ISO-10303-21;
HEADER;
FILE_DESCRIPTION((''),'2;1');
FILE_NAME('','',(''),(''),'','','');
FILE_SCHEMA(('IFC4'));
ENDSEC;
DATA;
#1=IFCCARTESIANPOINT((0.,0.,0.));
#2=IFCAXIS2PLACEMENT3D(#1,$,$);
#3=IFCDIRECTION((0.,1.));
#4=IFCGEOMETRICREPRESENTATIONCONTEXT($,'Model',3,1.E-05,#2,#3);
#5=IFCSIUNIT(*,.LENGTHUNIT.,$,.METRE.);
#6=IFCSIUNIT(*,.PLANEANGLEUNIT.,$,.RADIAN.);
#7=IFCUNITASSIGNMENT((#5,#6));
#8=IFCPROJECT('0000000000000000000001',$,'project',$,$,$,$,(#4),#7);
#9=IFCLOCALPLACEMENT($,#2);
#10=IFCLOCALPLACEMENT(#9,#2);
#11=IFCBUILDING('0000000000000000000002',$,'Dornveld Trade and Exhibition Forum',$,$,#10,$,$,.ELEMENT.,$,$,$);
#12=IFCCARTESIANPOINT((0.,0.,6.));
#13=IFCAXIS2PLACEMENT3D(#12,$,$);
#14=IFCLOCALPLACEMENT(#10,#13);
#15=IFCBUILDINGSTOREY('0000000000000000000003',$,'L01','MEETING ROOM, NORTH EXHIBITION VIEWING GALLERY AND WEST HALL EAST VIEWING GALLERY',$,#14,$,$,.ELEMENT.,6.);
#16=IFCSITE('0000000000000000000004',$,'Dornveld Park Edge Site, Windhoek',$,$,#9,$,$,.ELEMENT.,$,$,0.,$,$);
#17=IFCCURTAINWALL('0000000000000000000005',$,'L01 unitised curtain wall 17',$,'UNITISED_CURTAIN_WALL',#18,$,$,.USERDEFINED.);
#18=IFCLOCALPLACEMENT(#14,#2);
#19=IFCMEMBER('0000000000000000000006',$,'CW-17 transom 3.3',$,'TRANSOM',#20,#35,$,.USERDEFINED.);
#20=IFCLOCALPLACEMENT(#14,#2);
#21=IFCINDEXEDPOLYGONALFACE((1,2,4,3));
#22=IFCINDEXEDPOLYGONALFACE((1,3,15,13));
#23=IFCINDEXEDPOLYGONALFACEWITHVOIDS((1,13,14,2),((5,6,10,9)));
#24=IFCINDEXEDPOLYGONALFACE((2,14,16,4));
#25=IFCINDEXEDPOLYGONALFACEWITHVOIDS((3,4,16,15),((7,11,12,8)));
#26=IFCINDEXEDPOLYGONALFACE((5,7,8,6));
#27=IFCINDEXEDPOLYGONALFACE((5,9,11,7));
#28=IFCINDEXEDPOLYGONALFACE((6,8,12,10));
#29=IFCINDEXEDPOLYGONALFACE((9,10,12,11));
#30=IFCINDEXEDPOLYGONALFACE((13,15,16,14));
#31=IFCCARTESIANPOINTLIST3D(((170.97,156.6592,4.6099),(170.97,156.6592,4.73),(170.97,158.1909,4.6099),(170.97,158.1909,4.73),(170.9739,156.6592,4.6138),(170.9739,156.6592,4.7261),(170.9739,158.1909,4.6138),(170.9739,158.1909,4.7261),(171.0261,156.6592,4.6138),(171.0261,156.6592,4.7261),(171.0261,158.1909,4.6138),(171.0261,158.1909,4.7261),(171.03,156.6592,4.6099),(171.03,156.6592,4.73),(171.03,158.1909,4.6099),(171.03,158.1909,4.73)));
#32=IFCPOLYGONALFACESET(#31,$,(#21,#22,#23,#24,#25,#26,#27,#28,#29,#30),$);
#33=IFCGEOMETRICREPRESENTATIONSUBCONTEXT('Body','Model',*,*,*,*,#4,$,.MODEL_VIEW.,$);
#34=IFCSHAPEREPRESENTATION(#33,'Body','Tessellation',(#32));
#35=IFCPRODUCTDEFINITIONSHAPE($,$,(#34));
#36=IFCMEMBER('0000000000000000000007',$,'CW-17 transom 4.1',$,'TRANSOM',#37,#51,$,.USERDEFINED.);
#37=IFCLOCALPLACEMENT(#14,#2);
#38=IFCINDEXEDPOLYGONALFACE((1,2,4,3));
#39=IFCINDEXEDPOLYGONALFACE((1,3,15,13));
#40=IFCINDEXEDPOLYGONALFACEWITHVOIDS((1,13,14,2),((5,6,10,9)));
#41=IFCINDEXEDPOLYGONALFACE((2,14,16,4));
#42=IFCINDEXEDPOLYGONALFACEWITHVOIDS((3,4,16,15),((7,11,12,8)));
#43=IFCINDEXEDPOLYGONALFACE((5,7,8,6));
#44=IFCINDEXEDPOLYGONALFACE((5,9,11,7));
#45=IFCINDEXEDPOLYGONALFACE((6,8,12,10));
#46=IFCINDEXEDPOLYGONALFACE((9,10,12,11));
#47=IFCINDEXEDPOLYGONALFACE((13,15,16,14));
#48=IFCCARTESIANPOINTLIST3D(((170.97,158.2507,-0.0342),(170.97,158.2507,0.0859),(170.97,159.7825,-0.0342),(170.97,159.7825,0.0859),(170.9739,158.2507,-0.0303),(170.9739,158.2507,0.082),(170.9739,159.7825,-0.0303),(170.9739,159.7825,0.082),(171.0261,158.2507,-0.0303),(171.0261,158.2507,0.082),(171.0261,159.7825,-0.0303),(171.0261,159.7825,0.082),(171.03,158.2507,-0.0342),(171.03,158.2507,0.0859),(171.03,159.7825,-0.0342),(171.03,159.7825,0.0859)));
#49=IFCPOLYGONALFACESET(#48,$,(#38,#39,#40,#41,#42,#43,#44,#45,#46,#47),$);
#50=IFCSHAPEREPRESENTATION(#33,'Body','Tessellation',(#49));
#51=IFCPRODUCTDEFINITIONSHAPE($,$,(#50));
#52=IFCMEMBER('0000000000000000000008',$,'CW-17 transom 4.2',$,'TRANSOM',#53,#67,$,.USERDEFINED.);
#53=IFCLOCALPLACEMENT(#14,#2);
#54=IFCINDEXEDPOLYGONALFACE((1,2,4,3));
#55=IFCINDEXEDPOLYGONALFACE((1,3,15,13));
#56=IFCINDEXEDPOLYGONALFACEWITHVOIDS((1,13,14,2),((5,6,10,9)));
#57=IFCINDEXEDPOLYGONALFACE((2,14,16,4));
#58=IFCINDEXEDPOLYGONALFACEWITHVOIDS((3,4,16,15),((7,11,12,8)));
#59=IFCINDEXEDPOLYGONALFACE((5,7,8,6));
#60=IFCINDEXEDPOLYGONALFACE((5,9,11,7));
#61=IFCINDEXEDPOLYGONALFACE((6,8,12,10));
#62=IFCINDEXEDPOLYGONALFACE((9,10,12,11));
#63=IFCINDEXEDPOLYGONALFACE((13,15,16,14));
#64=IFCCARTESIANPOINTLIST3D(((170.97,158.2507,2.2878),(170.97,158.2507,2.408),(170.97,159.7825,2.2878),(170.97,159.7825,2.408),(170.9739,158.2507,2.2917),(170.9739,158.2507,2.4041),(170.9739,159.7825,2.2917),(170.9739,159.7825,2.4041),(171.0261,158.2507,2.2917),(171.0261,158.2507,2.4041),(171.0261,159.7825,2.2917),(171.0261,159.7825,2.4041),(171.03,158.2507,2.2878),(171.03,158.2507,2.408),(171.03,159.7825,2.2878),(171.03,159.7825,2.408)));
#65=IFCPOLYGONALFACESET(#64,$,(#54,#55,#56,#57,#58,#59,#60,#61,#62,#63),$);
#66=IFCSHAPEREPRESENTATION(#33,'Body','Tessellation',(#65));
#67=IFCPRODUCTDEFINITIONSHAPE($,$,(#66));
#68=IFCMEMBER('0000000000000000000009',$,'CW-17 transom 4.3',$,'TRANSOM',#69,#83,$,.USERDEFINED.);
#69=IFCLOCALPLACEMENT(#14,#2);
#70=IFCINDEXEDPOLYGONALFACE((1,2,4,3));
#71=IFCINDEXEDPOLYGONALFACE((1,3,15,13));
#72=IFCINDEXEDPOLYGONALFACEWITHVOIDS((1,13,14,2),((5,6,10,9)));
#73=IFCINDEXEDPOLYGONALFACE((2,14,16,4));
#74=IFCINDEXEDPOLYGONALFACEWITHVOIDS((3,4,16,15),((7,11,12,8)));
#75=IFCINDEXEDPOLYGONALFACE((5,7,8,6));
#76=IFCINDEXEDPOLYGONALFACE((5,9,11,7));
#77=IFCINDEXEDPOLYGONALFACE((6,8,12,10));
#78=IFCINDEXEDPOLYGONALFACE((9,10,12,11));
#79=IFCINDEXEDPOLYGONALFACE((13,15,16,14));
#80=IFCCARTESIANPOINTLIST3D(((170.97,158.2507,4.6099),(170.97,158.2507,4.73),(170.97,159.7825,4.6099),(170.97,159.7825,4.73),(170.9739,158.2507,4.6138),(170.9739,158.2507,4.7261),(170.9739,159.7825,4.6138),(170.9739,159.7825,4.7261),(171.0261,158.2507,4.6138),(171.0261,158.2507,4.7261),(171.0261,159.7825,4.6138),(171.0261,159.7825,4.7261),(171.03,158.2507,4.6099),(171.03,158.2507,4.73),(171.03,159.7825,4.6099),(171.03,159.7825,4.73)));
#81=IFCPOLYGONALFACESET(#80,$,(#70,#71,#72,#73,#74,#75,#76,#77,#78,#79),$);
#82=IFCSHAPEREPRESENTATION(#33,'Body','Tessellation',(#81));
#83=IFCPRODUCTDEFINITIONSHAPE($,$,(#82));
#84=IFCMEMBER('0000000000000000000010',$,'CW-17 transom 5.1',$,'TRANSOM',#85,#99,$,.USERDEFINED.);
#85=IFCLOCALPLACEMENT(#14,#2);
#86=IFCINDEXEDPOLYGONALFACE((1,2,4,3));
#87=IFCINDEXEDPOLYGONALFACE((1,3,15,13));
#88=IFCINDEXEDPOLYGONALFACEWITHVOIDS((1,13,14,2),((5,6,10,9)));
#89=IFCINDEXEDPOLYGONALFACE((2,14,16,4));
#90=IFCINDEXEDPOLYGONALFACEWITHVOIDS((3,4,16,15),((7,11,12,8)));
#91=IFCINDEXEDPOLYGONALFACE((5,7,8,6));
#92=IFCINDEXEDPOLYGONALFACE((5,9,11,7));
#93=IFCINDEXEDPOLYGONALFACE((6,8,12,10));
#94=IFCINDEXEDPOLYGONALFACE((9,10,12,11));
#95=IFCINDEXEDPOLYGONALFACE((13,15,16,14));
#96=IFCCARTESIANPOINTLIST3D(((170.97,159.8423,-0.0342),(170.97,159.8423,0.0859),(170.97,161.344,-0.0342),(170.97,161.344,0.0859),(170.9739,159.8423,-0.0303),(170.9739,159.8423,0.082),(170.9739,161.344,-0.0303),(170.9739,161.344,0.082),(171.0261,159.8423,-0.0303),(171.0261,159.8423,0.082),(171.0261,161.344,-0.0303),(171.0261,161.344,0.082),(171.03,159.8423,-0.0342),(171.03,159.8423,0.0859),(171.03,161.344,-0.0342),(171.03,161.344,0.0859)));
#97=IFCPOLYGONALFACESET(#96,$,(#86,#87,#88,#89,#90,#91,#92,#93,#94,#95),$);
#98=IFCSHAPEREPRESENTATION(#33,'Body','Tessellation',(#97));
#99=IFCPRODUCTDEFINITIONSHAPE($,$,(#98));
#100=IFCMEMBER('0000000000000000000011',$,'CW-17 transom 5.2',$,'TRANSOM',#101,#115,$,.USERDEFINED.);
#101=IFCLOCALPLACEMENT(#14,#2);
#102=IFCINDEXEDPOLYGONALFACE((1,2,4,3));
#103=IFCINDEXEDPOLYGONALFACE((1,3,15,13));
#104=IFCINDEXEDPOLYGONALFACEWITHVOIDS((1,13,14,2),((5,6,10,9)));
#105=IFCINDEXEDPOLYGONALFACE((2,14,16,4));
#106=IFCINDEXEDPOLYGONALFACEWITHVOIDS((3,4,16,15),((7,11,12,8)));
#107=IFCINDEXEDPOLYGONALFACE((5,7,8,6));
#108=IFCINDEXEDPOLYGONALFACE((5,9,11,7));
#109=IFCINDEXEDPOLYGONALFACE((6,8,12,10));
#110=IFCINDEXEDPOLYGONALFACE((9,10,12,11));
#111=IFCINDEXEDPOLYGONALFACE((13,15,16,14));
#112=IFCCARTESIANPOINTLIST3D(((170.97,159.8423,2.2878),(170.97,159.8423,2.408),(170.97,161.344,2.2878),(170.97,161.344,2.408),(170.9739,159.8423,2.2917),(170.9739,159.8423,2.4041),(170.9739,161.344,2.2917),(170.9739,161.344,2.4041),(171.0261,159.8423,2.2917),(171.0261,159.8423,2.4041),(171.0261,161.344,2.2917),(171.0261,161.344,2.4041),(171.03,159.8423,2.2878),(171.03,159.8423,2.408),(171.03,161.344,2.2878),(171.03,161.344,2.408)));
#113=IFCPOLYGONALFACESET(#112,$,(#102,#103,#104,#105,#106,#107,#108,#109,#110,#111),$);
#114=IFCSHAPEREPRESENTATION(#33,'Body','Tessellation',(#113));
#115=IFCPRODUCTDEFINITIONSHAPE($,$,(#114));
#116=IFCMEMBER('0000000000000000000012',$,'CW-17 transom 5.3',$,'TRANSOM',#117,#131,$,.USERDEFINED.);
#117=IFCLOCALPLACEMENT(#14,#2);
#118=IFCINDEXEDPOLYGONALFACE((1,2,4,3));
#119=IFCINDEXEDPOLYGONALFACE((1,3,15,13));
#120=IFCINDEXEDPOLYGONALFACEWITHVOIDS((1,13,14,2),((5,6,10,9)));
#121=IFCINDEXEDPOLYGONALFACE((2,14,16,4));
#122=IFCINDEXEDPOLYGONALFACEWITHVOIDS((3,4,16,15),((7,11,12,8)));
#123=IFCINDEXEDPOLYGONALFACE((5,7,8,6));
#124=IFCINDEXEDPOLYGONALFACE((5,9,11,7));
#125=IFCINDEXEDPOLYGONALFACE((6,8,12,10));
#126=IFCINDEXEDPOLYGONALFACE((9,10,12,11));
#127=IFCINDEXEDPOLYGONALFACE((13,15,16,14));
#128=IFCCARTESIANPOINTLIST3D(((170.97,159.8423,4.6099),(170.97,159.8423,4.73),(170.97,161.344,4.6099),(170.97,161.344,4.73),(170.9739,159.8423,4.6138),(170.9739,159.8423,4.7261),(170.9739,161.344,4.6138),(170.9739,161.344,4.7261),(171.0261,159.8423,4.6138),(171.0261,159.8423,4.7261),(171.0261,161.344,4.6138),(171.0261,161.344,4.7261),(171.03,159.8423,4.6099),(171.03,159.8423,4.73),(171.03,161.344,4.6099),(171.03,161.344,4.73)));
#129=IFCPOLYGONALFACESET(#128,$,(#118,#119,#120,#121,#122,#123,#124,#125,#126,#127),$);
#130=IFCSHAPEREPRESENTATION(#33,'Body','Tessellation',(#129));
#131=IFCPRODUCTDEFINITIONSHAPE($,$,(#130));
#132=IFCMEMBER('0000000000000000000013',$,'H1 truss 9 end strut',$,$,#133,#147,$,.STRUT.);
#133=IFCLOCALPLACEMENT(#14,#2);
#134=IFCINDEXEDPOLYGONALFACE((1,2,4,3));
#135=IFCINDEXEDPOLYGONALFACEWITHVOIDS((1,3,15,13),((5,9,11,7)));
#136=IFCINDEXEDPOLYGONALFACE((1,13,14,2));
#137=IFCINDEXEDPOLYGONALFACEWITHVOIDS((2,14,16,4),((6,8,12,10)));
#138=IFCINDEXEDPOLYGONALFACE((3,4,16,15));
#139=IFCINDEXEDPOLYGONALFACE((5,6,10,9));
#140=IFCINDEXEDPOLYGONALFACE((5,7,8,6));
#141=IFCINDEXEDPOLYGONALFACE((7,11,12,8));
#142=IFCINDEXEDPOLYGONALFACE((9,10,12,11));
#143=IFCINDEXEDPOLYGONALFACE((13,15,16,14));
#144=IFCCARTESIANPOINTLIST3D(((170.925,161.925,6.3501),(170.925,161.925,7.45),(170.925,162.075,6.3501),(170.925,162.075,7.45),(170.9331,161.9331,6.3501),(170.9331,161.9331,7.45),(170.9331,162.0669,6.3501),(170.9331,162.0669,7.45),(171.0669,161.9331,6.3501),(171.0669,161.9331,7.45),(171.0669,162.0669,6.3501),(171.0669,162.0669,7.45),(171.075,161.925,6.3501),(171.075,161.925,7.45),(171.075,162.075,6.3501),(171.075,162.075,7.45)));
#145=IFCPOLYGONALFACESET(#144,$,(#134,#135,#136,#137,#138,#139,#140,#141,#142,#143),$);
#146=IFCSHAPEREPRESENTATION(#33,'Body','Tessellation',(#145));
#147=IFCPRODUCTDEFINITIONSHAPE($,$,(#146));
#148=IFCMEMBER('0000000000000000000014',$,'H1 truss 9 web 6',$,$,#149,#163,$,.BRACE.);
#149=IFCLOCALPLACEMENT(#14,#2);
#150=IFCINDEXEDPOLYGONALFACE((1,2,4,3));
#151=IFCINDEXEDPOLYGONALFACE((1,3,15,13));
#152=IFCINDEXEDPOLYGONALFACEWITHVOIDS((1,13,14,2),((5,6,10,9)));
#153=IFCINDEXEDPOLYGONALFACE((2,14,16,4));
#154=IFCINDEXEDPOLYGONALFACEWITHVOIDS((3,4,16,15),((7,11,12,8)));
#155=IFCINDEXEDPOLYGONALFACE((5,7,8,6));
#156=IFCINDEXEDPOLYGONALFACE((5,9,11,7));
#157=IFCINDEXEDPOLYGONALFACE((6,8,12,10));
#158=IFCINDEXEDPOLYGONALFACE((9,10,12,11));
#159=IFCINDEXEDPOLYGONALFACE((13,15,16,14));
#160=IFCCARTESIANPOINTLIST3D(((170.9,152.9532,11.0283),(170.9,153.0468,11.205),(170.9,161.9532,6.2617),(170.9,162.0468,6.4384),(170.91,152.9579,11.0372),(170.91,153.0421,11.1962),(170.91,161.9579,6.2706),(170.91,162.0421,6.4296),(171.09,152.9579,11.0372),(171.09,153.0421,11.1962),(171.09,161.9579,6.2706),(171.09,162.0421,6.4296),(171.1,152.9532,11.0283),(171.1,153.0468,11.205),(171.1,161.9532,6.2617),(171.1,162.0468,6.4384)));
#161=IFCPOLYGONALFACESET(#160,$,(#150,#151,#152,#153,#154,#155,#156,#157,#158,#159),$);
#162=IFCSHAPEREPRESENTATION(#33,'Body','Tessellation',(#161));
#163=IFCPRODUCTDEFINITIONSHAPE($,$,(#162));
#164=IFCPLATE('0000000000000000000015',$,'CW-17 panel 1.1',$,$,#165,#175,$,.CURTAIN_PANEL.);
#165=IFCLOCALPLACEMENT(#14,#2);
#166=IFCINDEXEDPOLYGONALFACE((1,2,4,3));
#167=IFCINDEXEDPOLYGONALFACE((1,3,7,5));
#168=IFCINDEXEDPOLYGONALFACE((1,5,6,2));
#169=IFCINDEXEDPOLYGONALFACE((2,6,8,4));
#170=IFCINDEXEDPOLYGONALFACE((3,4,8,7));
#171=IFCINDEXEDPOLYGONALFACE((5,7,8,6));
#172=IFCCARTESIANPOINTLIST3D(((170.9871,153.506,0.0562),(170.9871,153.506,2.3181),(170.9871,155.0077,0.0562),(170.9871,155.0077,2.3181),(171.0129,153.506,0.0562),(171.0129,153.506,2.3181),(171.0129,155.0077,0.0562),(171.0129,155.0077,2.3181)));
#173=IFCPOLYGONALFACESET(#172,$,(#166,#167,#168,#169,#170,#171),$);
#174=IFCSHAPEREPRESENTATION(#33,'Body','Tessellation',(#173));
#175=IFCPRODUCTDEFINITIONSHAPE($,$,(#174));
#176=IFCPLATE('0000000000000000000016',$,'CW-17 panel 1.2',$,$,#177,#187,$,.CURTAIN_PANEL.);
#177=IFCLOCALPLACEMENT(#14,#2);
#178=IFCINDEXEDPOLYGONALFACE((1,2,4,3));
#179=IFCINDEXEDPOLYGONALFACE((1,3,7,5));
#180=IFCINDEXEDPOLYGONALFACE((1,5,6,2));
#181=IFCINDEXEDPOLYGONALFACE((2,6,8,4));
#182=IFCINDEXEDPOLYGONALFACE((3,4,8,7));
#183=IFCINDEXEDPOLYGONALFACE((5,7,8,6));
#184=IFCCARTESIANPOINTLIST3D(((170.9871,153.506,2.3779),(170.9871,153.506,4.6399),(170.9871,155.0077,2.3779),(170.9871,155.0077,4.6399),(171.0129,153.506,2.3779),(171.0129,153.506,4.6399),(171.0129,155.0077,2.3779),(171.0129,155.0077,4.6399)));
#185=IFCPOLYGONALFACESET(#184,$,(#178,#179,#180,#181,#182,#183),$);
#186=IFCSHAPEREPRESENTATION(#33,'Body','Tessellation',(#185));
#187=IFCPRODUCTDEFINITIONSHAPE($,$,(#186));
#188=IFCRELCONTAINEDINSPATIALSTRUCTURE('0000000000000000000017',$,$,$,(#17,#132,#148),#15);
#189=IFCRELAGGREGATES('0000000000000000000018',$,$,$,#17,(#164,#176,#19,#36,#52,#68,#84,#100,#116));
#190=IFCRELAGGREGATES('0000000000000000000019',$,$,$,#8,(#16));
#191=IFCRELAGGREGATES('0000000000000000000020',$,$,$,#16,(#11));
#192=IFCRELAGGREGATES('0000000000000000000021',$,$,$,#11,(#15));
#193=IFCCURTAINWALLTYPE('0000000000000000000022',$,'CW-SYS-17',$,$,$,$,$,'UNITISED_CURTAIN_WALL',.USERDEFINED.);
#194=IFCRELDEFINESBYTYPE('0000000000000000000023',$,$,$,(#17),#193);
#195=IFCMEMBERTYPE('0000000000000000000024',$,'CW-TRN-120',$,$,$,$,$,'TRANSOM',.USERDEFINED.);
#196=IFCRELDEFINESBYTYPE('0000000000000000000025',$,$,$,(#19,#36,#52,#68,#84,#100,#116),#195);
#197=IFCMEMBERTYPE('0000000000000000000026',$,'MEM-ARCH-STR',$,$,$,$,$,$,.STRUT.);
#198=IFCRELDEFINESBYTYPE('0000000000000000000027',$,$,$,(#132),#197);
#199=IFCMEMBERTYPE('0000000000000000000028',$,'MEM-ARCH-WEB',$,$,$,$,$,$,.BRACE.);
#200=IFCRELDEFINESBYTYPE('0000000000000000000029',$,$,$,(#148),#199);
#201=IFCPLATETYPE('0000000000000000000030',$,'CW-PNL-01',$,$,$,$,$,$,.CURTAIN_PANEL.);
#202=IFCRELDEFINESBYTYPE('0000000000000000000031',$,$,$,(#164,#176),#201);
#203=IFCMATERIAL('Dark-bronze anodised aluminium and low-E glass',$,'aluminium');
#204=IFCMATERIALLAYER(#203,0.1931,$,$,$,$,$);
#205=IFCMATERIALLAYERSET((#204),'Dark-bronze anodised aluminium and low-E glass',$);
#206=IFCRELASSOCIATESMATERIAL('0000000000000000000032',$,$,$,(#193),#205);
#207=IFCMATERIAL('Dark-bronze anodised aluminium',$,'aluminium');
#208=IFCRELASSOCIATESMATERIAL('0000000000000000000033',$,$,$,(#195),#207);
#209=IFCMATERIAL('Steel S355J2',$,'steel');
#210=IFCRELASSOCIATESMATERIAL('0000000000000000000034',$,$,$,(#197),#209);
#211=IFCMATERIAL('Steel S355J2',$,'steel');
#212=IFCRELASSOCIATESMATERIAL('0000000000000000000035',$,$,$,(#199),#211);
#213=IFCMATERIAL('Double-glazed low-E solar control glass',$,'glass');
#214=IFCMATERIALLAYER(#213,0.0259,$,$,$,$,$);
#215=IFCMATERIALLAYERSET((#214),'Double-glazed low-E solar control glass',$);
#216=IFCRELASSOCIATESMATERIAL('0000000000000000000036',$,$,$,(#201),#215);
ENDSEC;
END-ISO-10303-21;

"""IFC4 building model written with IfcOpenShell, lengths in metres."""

from ifc_helpers import new_model, si_unit, direction, frame, origin, origin_2d, place, context, subcontext, project, spatial, rectangle, hollow_rectangle, extrude, material, layer, layer_set, material_profile, profile_set, type_object, element, aggregate, save


model = new_model("IFC4")

# Units and contexts
model_context = context("Model", 3, precision=1e-05, world=origin(), true_north=direction((0.0, 1.0)))
body_context = subcontext(model_context, "Body", "Model", "MODEL_VIEW")
ifc_project = project(units=[si_unit("LENGTHUNIT", "METRE"), si_unit("PLANEANGLEUNIT", "RADIAN")], contexts=[model_context])

# Site, building, storey
site_placement = place(None, origin())
site = spatial("IfcSite", under=ifc_project, at=site_placement, Name="Dornveld Park Edge Site, Windhoek", CompositionType="ELEMENT", RefElevation=0.0)
building_placement = place(site_placement, origin())
building = spatial("IfcBuilding", under=site, at=building_placement, Name="Dornveld Trade and Exhibition Forum", CompositionType="ELEMENT")
storey_placement = place(building_placement, frame((0.0, 0.0, 6.0)))
storey = spatial("IfcBuildingStorey", under=building, at=storey_placement, Name="L01", Description="MEETING ROOM, NORTH EXHIBITION VIEWING GALLERY AND WEST HALL EAST VIEWING GALLERY", CompositionType="ELEMENT", Elevation=6.0)

# Curtain wall, members
ifc_material_1 = material(Name="Dark-bronze anodised aluminium and low-E glass", Category="aluminium")
ifc_layer_1 = layer(ifc_material_1, 0.1931)
ifc_layer_set_1 = layer_set([ifc_layer_1], Name="Dark-bronze anodised aluminium and low-E glass")
curtain_wall_type = type_object("IfcCurtainWallType", Name="CW-SYS-17", ElementType="UNITISED_CURTAIN_WALL", PredefinedType="USERDEFINED", material=ifc_layer_set_1)
curtain_wall_placement = place(storey_placement, origin())
curtain_wall = element("IfcCurtainWall", 1, at=curtain_wall_placement, inside=storey, type_object=curtain_wall_type, Name="L01 unitised curtain wall 17", ObjectType="UNITISED_CURTAIN_WALL", PredefinedType="USERDEFINED")
ifc_material_2 = material(Name="Dark-bronze anodised aluminium", Category="aluminium")
ifc_material_profile_1 = material_profile(ifc_material_2, hollow_rectangle(XDim=0.0601, YDim=0.1201, WallThickness=0.0039, at=origin_2d()), Name="RHS 120x60x4")
ifc_profile_set_1 = profile_set([ifc_material_profile_1], Name="Dark-bronze anodised aluminium")
member_type_1 = type_object("IfcMemberType", Name="CW-TRN-120", ElementType="TRANSOM", PredefinedType="USERDEFINED", material=ifc_profile_set_1)
member_1_placement = place(storey_placement, frame((171.0, 156.6592, 4.6699), z_axis=(0.0, 1.0, 0.0), x_axis=(-1.0, 0.0, 0.0)))
member_1 = element("IfcMember", 2, at=member_1_placement, type_object=member_type_1, Name="CW-17 transom 3.3", ObjectType="TRANSOM", PredefinedType="USERDEFINED", context=body_context, shape_type="SweptSolid", body=[
    extrude(hollow_rectangle(XDim=0.0601, YDim=0.1201, WallThickness=0.0039, at=origin_2d()), origin(), (0.0, 0.0, 1.0), 1.5317),
])
member_2_placement = place(storey_placement, frame((171.0, 158.2507, 0.0259), z_axis=(0.0, 1.0, 0.0), x_axis=(-1.0, 0.0, 0.0)))
member_2 = element("IfcMember", 3, at=member_2_placement, type_object=member_type_1, Name="CW-17 transom 4.1", ObjectType="TRANSOM", PredefinedType="USERDEFINED", context=body_context, shape_type="SweptSolid", body=[
    extrude(hollow_rectangle(XDim=0.0601, YDim=0.1201, WallThickness=0.0039, at=origin_2d()), origin(), (0.0, 0.0, 1.0), 1.5317),
])
member_3_placement = place(storey_placement, frame((171.0, 158.2507, 2.3479), z_axis=(0.0, 1.0, 0.0), x_axis=(-1.0, 0.0, 0.0)))
member_3 = element("IfcMember", 4, at=member_3_placement, type_object=member_type_1, Name="CW-17 transom 4.2", ObjectType="TRANSOM", PredefinedType="USERDEFINED", context=body_context, shape_type="SweptSolid", body=[
    extrude(hollow_rectangle(XDim=0.0601, YDim=0.1201, WallThickness=0.0039, at=origin_2d()), origin(), (0.0, 0.0, 1.0), 1.5317),
])
member_4_placement = place(storey_placement, frame((171.0, 158.2507, 4.6699), z_axis=(0.0, 1.0, 0.0), x_axis=(-1.0, 0.0, 0.0)))
member_4 = element("IfcMember", 5, at=member_4_placement, type_object=member_type_1, Name="CW-17 transom 4.3", ObjectType="TRANSOM", PredefinedType="USERDEFINED", context=body_context, shape_type="SweptSolid", body=[
    extrude(hollow_rectangle(XDim=0.0601, YDim=0.1201, WallThickness=0.0039, at=origin_2d()), origin(), (0.0, 0.0, 1.0), 1.5317),
])
member_5_placement = place(storey_placement, frame((171.0, 159.8423, 0.0259), z_axis=(0.0, 1.0, 0.0), x_axis=(-1.0, 0.0, 0.0)))
member_5 = element("IfcMember", 6, at=member_5_placement, type_object=member_type_1, Name="CW-17 transom 5.1", ObjectType="TRANSOM", PredefinedType="USERDEFINED", context=body_context, shape_type="SweptSolid", body=[
    extrude(hollow_rectangle(XDim=0.0601, YDim=0.1201, WallThickness=0.0039, at=origin_2d()), origin(), (0.0, 0.0, 1.0), 1.5017),
])
member_6_placement = place(storey_placement, frame((171.0, 159.8423, 2.3479), z_axis=(0.0, 1.0, 0.0), x_axis=(-1.0, 0.0, 0.0)))
member_6 = element("IfcMember", 7, at=member_6_placement, type_object=member_type_1, Name="CW-17 transom 5.2", ObjectType="TRANSOM", PredefinedType="USERDEFINED", context=body_context, shape_type="SweptSolid", body=[
    extrude(hollow_rectangle(XDim=0.0601, YDim=0.1201, WallThickness=0.0039, at=origin_2d()), origin(), (0.0, 0.0, 1.0), 1.5017),
])
member_7_placement = place(storey_placement, frame((171.0, 159.8423, 4.6699), z_axis=(0.0, 1.0, 0.0), x_axis=(-1.0, 0.0, 0.0)))
member_7 = element("IfcMember", 8, at=member_7_placement, type_object=member_type_1, Name="CW-17 transom 5.3", ObjectType="TRANSOM", PredefinedType="USERDEFINED", context=body_context, shape_type="SweptSolid", body=[
    extrude(hollow_rectangle(XDim=0.0601, YDim=0.1201, WallThickness=0.0039, at=origin_2d()), origin(), (0.0, 0.0, 1.0), 1.5017),
])

# Members
ifc_material_3 = material(Name="Steel S355J2", Category="steel")
ifc_material_profile_2 = material_profile(ifc_material_3, hollow_rectangle(XDim=0.1499, YDim=0.1499, WallThickness=0.0081, at=origin_2d()), Name="SHS 150x150x8")
ifc_profile_set_2 = profile_set([ifc_material_profile_2], Name="Steel S355J2")
member_type_2 = type_object("IfcMemberType", Name="MEM-ARCH-STR", PredefinedType="STRUT", material=ifc_profile_set_2)
member_8_placement = place(storey_placement, frame((171.0, 162.0, 6.3501), z_axis=(0.0, 0.0, 1.0), x_axis=(1.0, 0.0, 0.0)))
element("IfcMember", 9, at=member_8_placement, inside=storey, type_object=member_type_2, Name="H1 truss 9 end strut", PredefinedType="STRUT", context=body_context, shape_type="SweptSolid", body=[
    extrude(hollow_rectangle(XDim=0.1499, YDim=0.1499, WallThickness=0.0081, at=origin_2d()), origin(), (0.0, 0.0, 1.0), 1.0999),
])
ifc_material_4 = material(Name="Steel S355J2", Category="steel")
ifc_material_profile_3 = material_profile(ifc_material_4, hollow_rectangle(XDim=0.2, YDim=0.2, WallThickness=0.01, at=origin_2d()), Name="SHS 200x200x10")
ifc_profile_set_3 = profile_set([ifc_material_profile_3], Name="Steel S355J2")
member_type_3 = type_object("IfcMemberType", Name="MEM-ARCH-WEB", PredefinedType="BRACE", material=ifc_profile_set_3)
member_9_placement = place(storey_placement, frame((171.0, 162.0, 6.3501), z_axis=(0.0, -0.883711, 0.468033), x_axis=(1.0, 0.0, 0.0)))
element("IfcMember", 10, at=member_9_placement, inside=storey, type_object=member_type_3, Name="H1 truss 9 web 6", PredefinedType="BRACE", context=body_context, shape_type="SweptSolid", body=[
    extrude(hollow_rectangle(XDim=0.2, YDim=0.2, WallThickness=0.01, at=origin_2d()), origin(), (0.0, 0.0, 1.0), 10.1843),
])

# Plates
ifc_material_5 = material(Name="Double-glazed low-E solar control glass", Category="glass")
ifc_layer_2 = layer(ifc_material_5, 0.0259)
ifc_layer_set_2 = layer_set([ifc_layer_2], Name="Double-glazed low-E solar control glass")
plate_type_1 = type_object("IfcPlateType", Name="CW-PNL-01", PredefinedType="CURTAIN_PANEL", material=ifc_layer_set_2)
plate_1_placement = place(storey_placement, frame((171.0, 154.2568, 0.0562), z_axis=(0.0, 0.0, 1.0), x_axis=(0.0, 1.0, 0.0)))
plate_1 = element("IfcPlate", 11, at=plate_1_placement, type_object=plate_type_1, Name="CW-17 panel 1.1", PredefinedType="CURTAIN_PANEL", context=body_context, shape_type="SweptSolid", body=[
    extrude(rectangle(XDim=1.5017, YDim=0.0259, at=origin_2d()), origin(), (0.0, 0.0, 1.0), 2.262),
])
plate_2_placement = place(storey_placement, frame((171.0, 154.2568, 2.3779), z_axis=(0.0, 0.0, 1.0), x_axis=(0.0, 1.0, 0.0)))
plate_2 = element("IfcPlate", 12, at=plate_2_placement, type_object=plate_type_1, Name="CW-17 panel 1.2", PredefinedType="CURTAIN_PANEL", context=body_context, shape_type="SweptSolid", body=[
    extrude(rectangle(XDim=1.5017, YDim=0.0259, at=origin_2d()), origin(), (0.0, 0.0, 1.0), 2.262),
])
aggregate(curtain_wall, [plate_1, plate_2, member_1, member_2, member_3, member_4, member_5, member_6, member_7])

save(model, "model.ifc")
